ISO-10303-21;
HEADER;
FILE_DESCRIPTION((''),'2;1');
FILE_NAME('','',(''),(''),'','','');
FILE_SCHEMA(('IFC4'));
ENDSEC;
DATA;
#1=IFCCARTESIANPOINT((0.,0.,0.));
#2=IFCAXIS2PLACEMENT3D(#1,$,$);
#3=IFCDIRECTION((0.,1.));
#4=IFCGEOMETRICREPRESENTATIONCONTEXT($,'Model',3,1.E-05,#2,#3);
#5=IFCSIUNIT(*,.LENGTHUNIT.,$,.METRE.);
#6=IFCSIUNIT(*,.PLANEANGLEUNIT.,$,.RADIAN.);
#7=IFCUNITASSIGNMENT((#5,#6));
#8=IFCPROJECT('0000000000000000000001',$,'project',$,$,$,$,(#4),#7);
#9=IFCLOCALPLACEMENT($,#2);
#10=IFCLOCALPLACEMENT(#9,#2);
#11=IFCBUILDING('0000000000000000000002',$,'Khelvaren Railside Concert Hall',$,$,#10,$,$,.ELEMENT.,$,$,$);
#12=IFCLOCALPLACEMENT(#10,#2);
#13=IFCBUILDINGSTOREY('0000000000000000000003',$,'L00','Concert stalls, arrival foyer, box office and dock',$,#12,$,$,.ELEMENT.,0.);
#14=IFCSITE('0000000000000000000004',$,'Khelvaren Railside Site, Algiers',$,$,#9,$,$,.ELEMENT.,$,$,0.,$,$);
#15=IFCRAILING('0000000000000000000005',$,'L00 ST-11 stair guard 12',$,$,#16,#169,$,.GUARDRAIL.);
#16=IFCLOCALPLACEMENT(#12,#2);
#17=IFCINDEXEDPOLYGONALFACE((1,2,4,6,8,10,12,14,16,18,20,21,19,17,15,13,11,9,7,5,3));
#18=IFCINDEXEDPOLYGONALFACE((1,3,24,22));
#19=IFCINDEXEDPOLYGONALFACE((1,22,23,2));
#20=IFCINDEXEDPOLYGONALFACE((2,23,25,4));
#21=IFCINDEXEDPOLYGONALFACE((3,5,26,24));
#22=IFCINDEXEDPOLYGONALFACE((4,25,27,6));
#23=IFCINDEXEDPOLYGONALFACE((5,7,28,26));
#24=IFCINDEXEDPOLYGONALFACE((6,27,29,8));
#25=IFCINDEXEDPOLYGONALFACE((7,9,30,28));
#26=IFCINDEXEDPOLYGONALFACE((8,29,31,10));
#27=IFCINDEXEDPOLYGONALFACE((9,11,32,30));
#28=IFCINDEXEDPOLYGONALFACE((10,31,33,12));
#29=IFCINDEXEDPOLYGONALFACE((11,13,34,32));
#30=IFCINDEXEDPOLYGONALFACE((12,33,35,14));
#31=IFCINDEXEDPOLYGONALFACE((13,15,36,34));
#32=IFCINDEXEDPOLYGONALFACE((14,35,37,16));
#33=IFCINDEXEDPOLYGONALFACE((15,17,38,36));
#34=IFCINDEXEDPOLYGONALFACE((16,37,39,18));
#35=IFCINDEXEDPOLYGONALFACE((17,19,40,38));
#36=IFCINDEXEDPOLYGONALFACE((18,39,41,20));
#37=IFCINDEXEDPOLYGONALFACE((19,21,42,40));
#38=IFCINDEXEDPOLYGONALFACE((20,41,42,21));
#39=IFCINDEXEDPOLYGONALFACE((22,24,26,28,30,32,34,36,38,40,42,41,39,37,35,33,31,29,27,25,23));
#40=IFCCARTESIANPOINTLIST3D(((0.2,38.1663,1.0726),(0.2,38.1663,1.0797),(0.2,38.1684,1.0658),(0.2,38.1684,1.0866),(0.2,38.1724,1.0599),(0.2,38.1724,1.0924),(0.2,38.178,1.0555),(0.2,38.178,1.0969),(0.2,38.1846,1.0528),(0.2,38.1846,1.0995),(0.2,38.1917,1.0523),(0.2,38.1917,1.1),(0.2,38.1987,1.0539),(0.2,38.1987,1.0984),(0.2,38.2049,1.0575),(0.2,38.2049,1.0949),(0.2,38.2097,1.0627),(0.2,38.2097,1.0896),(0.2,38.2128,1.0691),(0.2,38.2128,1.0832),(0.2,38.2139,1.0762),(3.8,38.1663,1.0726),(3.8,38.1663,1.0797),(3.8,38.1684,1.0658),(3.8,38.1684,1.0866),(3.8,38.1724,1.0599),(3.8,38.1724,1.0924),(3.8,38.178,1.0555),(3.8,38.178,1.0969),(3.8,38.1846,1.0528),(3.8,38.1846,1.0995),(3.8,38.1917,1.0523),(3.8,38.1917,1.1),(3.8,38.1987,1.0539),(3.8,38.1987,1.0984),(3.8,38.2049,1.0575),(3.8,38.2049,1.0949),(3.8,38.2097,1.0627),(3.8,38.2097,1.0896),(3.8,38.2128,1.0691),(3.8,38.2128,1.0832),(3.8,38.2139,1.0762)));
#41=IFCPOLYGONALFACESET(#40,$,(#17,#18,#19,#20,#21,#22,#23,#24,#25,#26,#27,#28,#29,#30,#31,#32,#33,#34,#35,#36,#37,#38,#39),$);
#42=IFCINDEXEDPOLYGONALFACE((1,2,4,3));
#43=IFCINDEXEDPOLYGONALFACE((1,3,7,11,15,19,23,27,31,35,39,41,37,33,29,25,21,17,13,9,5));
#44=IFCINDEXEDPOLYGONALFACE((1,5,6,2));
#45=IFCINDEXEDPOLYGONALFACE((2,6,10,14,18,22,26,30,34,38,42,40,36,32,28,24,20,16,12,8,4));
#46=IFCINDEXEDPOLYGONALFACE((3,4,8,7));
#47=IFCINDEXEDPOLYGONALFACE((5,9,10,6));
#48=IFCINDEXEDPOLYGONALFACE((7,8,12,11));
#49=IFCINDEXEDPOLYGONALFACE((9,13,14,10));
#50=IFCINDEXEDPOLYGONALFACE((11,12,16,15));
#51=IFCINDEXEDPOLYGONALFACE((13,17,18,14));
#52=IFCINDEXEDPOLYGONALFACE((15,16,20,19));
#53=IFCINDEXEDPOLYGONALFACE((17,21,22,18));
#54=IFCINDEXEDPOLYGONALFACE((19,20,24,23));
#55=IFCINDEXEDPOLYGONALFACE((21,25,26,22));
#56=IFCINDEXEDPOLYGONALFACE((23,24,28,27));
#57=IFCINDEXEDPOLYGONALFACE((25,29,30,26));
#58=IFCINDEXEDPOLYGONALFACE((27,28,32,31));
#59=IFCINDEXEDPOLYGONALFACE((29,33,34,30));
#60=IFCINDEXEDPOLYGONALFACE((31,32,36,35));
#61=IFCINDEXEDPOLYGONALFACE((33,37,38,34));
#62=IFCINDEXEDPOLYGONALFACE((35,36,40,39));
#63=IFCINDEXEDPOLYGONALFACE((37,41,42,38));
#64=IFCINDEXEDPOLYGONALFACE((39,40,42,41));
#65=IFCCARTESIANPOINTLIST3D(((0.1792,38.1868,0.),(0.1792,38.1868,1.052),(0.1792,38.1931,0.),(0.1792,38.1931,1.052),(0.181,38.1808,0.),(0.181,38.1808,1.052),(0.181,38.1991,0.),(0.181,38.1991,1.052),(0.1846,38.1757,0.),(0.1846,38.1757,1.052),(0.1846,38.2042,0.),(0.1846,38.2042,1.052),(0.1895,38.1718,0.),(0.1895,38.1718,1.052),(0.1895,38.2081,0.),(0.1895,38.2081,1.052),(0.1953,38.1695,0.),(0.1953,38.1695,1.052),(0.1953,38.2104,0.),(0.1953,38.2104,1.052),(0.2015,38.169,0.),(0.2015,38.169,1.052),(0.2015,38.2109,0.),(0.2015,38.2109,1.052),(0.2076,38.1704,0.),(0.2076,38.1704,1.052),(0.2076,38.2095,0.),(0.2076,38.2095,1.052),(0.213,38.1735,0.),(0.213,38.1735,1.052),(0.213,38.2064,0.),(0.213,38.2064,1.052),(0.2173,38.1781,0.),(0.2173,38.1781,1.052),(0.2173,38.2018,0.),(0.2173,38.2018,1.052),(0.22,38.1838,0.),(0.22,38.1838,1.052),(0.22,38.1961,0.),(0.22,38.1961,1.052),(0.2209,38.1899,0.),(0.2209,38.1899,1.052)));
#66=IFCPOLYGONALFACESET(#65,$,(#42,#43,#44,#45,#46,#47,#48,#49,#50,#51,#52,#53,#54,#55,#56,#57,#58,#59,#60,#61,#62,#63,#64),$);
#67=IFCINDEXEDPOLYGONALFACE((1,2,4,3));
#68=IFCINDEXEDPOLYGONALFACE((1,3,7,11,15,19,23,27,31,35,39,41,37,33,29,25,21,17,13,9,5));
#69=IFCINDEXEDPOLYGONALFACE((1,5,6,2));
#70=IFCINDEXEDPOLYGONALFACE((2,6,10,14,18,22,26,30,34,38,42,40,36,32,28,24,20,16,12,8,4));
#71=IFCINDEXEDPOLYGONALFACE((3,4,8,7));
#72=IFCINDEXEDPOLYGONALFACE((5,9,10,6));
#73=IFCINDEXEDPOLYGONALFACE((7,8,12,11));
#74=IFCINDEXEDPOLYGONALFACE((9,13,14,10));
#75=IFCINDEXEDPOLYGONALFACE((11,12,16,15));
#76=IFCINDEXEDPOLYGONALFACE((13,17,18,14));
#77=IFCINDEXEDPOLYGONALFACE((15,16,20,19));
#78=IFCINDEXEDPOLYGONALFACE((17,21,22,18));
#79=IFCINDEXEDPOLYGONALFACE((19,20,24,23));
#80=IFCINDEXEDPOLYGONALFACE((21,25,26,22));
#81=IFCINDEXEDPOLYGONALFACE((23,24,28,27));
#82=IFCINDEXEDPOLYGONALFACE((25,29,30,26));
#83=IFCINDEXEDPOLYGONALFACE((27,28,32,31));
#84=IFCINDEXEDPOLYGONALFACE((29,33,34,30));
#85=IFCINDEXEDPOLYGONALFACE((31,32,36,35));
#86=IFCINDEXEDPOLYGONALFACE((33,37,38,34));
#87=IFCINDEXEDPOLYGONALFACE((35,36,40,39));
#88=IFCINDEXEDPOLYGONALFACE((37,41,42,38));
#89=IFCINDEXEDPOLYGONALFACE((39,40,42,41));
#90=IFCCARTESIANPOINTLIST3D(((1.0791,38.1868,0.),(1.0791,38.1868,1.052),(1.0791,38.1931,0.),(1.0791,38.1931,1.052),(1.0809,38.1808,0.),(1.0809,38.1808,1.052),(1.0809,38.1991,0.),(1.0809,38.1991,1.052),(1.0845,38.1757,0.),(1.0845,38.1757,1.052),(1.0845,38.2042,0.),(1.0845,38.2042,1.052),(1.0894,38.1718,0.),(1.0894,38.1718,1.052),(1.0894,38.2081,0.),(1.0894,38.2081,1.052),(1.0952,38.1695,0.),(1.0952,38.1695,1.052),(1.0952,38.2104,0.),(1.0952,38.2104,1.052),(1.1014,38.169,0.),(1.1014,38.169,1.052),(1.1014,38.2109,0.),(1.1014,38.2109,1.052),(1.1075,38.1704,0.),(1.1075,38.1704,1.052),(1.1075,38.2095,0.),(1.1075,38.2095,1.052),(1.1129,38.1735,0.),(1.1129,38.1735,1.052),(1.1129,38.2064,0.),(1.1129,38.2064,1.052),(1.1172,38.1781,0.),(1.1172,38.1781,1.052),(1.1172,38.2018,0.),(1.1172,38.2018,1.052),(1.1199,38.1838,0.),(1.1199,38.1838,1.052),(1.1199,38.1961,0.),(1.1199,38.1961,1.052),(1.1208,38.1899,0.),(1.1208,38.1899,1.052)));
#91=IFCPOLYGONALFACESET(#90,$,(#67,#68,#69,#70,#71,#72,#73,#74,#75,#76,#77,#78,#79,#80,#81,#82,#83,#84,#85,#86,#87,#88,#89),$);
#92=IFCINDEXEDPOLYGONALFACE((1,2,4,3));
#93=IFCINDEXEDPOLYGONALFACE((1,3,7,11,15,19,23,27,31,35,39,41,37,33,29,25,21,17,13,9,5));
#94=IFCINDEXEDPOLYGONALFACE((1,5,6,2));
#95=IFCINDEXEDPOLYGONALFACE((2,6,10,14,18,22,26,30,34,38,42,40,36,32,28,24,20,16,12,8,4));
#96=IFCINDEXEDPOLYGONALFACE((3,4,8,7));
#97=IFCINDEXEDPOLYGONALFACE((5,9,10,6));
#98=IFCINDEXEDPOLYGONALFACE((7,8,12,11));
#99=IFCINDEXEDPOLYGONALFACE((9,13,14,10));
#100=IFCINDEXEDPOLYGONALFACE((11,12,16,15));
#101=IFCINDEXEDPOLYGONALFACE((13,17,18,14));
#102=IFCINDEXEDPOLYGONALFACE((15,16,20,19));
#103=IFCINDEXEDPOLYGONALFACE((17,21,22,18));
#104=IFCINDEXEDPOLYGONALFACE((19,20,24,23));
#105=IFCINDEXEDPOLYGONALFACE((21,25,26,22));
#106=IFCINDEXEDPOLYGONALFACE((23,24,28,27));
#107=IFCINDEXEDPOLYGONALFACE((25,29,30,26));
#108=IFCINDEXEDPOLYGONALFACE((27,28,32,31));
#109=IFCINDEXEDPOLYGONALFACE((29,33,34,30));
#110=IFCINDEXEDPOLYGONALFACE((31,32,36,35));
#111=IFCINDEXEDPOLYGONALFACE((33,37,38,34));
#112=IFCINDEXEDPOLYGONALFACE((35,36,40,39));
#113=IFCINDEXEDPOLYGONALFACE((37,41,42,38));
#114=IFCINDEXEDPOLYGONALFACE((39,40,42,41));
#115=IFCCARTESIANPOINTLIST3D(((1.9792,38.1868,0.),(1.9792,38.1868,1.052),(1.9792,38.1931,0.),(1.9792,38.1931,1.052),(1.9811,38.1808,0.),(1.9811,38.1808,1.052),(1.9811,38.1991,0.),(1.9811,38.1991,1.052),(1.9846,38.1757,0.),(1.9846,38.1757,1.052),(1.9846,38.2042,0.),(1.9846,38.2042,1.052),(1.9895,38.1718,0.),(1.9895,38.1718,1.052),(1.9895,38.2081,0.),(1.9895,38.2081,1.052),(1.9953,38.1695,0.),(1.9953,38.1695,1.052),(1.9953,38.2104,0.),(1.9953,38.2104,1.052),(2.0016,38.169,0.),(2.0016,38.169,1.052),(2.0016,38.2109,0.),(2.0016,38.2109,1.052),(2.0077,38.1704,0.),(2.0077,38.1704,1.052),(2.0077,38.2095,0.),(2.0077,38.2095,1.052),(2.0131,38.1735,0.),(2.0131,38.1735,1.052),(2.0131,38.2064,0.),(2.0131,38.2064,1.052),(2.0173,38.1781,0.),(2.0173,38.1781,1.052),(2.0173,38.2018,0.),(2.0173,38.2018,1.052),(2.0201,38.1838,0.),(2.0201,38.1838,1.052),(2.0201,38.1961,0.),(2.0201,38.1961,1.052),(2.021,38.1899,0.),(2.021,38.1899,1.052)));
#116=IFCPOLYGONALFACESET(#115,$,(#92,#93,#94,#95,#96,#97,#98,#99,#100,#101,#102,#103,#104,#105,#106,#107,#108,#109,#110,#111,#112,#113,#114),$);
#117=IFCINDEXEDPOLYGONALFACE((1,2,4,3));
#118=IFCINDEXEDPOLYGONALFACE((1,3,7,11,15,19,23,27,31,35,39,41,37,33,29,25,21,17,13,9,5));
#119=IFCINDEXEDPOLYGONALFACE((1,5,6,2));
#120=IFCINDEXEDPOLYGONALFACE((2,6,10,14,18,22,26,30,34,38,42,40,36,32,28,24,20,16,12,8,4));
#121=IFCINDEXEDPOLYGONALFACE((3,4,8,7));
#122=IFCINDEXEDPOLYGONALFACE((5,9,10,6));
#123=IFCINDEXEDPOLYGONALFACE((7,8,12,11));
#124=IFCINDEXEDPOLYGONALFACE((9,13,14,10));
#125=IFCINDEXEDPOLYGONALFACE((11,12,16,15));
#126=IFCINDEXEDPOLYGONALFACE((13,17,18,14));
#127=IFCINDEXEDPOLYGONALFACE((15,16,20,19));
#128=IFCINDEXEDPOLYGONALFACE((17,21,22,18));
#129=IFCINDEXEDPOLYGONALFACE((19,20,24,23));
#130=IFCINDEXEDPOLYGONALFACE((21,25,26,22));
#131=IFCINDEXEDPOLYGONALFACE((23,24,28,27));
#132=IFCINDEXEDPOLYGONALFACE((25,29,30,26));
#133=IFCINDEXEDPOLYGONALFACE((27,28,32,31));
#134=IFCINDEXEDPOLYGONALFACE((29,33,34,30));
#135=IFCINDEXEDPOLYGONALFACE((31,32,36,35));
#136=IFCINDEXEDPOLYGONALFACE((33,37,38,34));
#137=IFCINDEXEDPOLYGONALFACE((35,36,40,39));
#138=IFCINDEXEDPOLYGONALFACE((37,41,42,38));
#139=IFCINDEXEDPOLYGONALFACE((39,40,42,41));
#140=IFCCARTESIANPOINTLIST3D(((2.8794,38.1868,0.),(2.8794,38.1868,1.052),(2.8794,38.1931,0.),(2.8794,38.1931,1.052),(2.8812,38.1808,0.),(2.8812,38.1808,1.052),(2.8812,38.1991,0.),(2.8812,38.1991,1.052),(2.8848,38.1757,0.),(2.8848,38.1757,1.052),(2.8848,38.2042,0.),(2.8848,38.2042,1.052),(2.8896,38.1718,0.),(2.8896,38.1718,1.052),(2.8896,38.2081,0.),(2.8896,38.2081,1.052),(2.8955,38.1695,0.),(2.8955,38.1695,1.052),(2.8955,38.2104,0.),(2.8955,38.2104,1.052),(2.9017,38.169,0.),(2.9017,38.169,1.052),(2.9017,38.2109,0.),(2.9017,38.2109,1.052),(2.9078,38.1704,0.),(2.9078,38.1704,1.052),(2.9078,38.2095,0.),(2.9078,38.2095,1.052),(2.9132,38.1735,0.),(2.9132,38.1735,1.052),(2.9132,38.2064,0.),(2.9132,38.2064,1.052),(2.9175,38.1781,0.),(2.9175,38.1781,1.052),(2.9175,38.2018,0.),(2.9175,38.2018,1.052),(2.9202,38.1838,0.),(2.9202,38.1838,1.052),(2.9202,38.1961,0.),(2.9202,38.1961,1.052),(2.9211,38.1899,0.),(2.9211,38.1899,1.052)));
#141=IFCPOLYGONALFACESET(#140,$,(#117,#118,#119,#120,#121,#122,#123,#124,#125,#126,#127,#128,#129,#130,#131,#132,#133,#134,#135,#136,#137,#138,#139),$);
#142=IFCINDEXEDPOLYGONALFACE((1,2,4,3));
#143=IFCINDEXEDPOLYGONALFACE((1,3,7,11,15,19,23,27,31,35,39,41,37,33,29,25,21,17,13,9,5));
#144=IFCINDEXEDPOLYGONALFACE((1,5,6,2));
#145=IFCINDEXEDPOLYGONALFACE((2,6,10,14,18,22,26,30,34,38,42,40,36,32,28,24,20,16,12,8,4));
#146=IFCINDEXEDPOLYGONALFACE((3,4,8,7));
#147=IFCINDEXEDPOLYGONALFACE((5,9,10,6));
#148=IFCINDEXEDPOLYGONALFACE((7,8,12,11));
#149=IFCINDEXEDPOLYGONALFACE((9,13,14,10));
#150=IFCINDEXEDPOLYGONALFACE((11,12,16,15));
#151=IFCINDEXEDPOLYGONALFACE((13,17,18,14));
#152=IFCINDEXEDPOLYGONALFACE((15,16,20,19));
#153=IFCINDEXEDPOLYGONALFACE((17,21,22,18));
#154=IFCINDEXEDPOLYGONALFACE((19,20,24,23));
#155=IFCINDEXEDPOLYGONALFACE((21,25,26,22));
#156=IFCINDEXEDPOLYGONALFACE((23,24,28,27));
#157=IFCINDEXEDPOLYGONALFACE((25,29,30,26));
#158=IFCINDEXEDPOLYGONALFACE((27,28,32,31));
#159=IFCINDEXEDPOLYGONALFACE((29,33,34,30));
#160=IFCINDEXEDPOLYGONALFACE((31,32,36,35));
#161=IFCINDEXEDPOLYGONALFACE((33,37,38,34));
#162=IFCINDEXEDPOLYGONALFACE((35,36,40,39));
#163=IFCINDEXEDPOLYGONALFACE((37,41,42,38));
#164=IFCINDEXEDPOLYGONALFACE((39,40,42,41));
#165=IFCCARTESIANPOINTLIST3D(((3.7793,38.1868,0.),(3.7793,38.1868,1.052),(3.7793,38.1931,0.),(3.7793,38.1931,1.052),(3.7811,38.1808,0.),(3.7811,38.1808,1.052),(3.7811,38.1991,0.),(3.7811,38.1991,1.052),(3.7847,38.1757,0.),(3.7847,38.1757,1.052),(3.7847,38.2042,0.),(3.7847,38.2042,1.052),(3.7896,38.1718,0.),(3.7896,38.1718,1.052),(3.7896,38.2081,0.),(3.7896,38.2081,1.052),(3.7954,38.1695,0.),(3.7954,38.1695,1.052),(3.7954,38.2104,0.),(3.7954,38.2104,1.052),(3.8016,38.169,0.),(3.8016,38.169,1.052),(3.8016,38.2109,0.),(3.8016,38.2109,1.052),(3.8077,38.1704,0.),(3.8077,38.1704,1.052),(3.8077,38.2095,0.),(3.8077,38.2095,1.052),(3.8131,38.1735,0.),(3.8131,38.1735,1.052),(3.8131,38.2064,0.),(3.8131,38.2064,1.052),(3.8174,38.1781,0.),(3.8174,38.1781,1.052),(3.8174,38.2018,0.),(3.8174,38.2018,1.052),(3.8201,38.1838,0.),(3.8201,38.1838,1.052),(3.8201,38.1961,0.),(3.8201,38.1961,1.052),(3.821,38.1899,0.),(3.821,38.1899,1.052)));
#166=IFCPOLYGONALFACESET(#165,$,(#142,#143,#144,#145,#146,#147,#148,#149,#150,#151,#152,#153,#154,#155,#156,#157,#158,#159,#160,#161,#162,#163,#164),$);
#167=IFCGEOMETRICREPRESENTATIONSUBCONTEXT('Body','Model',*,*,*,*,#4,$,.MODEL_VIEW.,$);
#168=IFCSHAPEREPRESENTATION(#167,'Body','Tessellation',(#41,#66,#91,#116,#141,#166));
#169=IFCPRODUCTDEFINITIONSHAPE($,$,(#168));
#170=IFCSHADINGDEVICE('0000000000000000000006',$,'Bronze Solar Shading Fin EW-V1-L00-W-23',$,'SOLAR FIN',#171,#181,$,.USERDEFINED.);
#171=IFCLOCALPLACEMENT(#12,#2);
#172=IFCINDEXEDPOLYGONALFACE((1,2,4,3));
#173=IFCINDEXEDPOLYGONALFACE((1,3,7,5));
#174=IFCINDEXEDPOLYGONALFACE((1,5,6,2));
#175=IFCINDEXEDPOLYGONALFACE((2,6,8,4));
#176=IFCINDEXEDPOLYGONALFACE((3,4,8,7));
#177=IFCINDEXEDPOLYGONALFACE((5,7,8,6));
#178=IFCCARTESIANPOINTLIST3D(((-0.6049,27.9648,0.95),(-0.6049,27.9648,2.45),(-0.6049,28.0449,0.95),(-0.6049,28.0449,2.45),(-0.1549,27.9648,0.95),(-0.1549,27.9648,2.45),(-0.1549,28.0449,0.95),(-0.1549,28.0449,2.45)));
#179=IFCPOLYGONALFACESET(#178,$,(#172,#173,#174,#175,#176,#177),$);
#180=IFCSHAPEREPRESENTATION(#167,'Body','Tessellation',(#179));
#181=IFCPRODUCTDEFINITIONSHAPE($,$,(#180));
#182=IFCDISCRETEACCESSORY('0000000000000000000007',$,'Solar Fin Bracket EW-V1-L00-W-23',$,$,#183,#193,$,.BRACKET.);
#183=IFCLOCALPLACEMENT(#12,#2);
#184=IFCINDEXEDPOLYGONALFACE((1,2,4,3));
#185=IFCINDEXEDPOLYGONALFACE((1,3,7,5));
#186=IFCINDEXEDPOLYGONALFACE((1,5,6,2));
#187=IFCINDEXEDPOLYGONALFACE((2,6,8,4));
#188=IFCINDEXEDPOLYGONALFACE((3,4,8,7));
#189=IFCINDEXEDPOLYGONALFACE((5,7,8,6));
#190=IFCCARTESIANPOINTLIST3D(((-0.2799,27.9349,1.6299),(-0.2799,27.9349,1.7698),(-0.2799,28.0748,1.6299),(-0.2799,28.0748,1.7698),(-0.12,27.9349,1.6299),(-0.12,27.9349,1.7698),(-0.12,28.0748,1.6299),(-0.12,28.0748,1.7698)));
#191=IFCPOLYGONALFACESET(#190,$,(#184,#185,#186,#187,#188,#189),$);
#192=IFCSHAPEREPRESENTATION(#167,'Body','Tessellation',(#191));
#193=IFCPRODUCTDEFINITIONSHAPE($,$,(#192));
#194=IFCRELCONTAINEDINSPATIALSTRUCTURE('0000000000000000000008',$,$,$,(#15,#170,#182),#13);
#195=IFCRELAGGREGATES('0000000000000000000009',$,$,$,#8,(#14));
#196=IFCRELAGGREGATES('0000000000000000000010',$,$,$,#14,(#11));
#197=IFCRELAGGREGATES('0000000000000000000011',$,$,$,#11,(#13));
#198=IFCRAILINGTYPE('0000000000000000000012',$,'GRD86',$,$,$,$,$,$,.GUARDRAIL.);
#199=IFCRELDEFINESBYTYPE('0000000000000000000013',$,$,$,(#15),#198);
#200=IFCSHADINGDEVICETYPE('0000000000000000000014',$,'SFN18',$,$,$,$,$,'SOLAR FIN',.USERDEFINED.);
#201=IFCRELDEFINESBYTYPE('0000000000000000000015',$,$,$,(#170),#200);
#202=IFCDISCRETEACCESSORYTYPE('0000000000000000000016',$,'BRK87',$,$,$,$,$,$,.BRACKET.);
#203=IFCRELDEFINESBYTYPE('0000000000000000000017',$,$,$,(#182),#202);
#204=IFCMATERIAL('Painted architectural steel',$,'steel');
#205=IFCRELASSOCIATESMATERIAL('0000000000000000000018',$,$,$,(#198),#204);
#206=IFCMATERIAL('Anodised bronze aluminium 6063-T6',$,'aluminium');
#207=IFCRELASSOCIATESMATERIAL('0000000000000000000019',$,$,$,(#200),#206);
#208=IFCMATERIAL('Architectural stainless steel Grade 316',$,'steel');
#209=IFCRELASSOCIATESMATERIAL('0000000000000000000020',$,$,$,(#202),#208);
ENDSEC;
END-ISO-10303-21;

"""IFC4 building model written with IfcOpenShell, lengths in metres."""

from ifc_helpers import new_model, si_unit, direction, frame, origin, origin_2d, place, context, subcontext, project, spatial, rectangle, circle, extrude, material, type_object, element, save


model = new_model("IFC4")

# Units and contexts
model_context = context("Model", 3, precision=1e-05, world=origin(), true_north=direction((0.0, 1.0)))
body_context = subcontext(model_context, "Body", "Model", "MODEL_VIEW")
ifc_project = project(units=[si_unit("LENGTHUNIT", "METRE"), si_unit("PLANEANGLEUNIT", "RADIAN")], contexts=[model_context])

# Site, building, storey
site_placement = place(None, origin())
site = spatial("IfcSite", under=ifc_project, at=site_placement, Name="Khelvaren Railside Site, Algiers", CompositionType="ELEMENT", RefElevation=0.0)
building_placement = place(site_placement, origin())
building = spatial("IfcBuilding", under=site, at=building_placement, Name="Khelvaren Railside Concert Hall", CompositionType="ELEMENT")
storey_placement = place(building_placement, origin())
storey = spatial("IfcBuildingStorey", under=building, at=storey_placement, Name="L00", Description="Concert stalls, arrival foyer, box office and dock", CompositionType="ELEMENT", Elevation=0.0)

# Railing
ifc_material_1 = material(Name="Painted architectural steel", Category="steel")
railing_type = type_object("IfcRailingType", Name="GRD86", PredefinedType="GUARDRAIL", material=ifc_material_1)
railing_placement = place(storey_placement, frame((0.2, 38.1899, 0.0)))
element("IfcRailing", 1, at=railing_placement, inside=storey, type_object=railing_type, Name="L00 ST-11 stair guard 12", PredefinedType="GUARDRAIL", context=body_context, shape_type="SweptSolid", body=[
    extrude(circle(Radius=0.0239, at=origin_2d()), frame((0.0, 0.0, 1.0762), z_axis=(1.0, 0.0, 0.0), x_axis=(0.0, 1.0, 0.0)), (0.0, 0.0, 1.0), 3.6001),
    extrude(circle(Radius=0.021, at=origin_2d()), origin(), (0.0, 0.0, 1.0), 1.052),
    extrude(circle(Radius=0.021, at=origin_2d()), frame((0.8999, 0.0, 0.0)), (0.0, 0.0, 1.0), 1.052),
    extrude(circle(Radius=0.021, at=origin_2d()), frame((1.8, 0.0, 0.0)), (0.0, 0.0, 1.0), 1.052),
    extrude(circle(Radius=0.021, at=origin_2d()), frame((2.7002, 0.0, 0.0)), (0.0, 0.0, 1.0), 1.052),
    extrude(circle(Radius=0.021, at=origin_2d()), frame((3.6001, 0.0, 0.0)), (0.0, 0.0, 1.0), 1.052),
])

# Shading device
ifc_material_2 = material(Name="Anodised bronze aluminium 6063-T6", Category="aluminium")
shading_device_type = type_object("IfcShadingDeviceType", Name="SFN18", ElementType="SOLAR FIN", PredefinedType="USERDEFINED", material=ifc_material_2)
shading_device_placement = place(storey_placement, frame((-0.3799, 28.0049, 0.95), z_axis=(0.0, 0.0, 1.0), x_axis=(0.0, 1.0, 0.0)))
element("IfcShadingDevice", 2, at=shading_device_placement, inside=storey, type_object=shading_device_type, Name="Bronze Solar Shading Fin EW-V1-L00-W-23", ObjectType="SOLAR FIN", PredefinedType="USERDEFINED", context=body_context, shape_type="SweptSolid", body=[
    extrude(rectangle(XDim=0.0801, YDim=0.45, at=origin_2d()), origin(), (0.0, 0.0, 1.0), 1.5),
])

# Discrete accessory
ifc_material_3 = material(Name="Architectural stainless steel Grade 316", Category="steel")
discrete_accessory_type = type_object("IfcDiscreteAccessoryType", Name="BRK87", PredefinedType="BRACKET", material=ifc_material_3)
discrete_accessory_placement = place(storey_placement, frame((-0.2, 28.0049, 1.6299), z_axis=(0.0, 0.0, 1.0), x_axis=(0.0, 1.0, 0.0)))
element("IfcDiscreteAccessory", 3, at=discrete_accessory_placement, inside=storey, type_object=discrete_accessory_type, Name="Solar Fin Bracket EW-V1-L00-W-23", PredefinedType="BRACKET", context=body_context, shape_type="SweptSolid", body=[
    extrude(rectangle(XDim=0.1399, YDim=0.1599, at=origin_2d()), origin(), (0.0, 0.0, 1.0), 0.1399),
])

save(model, "model.ifc")
